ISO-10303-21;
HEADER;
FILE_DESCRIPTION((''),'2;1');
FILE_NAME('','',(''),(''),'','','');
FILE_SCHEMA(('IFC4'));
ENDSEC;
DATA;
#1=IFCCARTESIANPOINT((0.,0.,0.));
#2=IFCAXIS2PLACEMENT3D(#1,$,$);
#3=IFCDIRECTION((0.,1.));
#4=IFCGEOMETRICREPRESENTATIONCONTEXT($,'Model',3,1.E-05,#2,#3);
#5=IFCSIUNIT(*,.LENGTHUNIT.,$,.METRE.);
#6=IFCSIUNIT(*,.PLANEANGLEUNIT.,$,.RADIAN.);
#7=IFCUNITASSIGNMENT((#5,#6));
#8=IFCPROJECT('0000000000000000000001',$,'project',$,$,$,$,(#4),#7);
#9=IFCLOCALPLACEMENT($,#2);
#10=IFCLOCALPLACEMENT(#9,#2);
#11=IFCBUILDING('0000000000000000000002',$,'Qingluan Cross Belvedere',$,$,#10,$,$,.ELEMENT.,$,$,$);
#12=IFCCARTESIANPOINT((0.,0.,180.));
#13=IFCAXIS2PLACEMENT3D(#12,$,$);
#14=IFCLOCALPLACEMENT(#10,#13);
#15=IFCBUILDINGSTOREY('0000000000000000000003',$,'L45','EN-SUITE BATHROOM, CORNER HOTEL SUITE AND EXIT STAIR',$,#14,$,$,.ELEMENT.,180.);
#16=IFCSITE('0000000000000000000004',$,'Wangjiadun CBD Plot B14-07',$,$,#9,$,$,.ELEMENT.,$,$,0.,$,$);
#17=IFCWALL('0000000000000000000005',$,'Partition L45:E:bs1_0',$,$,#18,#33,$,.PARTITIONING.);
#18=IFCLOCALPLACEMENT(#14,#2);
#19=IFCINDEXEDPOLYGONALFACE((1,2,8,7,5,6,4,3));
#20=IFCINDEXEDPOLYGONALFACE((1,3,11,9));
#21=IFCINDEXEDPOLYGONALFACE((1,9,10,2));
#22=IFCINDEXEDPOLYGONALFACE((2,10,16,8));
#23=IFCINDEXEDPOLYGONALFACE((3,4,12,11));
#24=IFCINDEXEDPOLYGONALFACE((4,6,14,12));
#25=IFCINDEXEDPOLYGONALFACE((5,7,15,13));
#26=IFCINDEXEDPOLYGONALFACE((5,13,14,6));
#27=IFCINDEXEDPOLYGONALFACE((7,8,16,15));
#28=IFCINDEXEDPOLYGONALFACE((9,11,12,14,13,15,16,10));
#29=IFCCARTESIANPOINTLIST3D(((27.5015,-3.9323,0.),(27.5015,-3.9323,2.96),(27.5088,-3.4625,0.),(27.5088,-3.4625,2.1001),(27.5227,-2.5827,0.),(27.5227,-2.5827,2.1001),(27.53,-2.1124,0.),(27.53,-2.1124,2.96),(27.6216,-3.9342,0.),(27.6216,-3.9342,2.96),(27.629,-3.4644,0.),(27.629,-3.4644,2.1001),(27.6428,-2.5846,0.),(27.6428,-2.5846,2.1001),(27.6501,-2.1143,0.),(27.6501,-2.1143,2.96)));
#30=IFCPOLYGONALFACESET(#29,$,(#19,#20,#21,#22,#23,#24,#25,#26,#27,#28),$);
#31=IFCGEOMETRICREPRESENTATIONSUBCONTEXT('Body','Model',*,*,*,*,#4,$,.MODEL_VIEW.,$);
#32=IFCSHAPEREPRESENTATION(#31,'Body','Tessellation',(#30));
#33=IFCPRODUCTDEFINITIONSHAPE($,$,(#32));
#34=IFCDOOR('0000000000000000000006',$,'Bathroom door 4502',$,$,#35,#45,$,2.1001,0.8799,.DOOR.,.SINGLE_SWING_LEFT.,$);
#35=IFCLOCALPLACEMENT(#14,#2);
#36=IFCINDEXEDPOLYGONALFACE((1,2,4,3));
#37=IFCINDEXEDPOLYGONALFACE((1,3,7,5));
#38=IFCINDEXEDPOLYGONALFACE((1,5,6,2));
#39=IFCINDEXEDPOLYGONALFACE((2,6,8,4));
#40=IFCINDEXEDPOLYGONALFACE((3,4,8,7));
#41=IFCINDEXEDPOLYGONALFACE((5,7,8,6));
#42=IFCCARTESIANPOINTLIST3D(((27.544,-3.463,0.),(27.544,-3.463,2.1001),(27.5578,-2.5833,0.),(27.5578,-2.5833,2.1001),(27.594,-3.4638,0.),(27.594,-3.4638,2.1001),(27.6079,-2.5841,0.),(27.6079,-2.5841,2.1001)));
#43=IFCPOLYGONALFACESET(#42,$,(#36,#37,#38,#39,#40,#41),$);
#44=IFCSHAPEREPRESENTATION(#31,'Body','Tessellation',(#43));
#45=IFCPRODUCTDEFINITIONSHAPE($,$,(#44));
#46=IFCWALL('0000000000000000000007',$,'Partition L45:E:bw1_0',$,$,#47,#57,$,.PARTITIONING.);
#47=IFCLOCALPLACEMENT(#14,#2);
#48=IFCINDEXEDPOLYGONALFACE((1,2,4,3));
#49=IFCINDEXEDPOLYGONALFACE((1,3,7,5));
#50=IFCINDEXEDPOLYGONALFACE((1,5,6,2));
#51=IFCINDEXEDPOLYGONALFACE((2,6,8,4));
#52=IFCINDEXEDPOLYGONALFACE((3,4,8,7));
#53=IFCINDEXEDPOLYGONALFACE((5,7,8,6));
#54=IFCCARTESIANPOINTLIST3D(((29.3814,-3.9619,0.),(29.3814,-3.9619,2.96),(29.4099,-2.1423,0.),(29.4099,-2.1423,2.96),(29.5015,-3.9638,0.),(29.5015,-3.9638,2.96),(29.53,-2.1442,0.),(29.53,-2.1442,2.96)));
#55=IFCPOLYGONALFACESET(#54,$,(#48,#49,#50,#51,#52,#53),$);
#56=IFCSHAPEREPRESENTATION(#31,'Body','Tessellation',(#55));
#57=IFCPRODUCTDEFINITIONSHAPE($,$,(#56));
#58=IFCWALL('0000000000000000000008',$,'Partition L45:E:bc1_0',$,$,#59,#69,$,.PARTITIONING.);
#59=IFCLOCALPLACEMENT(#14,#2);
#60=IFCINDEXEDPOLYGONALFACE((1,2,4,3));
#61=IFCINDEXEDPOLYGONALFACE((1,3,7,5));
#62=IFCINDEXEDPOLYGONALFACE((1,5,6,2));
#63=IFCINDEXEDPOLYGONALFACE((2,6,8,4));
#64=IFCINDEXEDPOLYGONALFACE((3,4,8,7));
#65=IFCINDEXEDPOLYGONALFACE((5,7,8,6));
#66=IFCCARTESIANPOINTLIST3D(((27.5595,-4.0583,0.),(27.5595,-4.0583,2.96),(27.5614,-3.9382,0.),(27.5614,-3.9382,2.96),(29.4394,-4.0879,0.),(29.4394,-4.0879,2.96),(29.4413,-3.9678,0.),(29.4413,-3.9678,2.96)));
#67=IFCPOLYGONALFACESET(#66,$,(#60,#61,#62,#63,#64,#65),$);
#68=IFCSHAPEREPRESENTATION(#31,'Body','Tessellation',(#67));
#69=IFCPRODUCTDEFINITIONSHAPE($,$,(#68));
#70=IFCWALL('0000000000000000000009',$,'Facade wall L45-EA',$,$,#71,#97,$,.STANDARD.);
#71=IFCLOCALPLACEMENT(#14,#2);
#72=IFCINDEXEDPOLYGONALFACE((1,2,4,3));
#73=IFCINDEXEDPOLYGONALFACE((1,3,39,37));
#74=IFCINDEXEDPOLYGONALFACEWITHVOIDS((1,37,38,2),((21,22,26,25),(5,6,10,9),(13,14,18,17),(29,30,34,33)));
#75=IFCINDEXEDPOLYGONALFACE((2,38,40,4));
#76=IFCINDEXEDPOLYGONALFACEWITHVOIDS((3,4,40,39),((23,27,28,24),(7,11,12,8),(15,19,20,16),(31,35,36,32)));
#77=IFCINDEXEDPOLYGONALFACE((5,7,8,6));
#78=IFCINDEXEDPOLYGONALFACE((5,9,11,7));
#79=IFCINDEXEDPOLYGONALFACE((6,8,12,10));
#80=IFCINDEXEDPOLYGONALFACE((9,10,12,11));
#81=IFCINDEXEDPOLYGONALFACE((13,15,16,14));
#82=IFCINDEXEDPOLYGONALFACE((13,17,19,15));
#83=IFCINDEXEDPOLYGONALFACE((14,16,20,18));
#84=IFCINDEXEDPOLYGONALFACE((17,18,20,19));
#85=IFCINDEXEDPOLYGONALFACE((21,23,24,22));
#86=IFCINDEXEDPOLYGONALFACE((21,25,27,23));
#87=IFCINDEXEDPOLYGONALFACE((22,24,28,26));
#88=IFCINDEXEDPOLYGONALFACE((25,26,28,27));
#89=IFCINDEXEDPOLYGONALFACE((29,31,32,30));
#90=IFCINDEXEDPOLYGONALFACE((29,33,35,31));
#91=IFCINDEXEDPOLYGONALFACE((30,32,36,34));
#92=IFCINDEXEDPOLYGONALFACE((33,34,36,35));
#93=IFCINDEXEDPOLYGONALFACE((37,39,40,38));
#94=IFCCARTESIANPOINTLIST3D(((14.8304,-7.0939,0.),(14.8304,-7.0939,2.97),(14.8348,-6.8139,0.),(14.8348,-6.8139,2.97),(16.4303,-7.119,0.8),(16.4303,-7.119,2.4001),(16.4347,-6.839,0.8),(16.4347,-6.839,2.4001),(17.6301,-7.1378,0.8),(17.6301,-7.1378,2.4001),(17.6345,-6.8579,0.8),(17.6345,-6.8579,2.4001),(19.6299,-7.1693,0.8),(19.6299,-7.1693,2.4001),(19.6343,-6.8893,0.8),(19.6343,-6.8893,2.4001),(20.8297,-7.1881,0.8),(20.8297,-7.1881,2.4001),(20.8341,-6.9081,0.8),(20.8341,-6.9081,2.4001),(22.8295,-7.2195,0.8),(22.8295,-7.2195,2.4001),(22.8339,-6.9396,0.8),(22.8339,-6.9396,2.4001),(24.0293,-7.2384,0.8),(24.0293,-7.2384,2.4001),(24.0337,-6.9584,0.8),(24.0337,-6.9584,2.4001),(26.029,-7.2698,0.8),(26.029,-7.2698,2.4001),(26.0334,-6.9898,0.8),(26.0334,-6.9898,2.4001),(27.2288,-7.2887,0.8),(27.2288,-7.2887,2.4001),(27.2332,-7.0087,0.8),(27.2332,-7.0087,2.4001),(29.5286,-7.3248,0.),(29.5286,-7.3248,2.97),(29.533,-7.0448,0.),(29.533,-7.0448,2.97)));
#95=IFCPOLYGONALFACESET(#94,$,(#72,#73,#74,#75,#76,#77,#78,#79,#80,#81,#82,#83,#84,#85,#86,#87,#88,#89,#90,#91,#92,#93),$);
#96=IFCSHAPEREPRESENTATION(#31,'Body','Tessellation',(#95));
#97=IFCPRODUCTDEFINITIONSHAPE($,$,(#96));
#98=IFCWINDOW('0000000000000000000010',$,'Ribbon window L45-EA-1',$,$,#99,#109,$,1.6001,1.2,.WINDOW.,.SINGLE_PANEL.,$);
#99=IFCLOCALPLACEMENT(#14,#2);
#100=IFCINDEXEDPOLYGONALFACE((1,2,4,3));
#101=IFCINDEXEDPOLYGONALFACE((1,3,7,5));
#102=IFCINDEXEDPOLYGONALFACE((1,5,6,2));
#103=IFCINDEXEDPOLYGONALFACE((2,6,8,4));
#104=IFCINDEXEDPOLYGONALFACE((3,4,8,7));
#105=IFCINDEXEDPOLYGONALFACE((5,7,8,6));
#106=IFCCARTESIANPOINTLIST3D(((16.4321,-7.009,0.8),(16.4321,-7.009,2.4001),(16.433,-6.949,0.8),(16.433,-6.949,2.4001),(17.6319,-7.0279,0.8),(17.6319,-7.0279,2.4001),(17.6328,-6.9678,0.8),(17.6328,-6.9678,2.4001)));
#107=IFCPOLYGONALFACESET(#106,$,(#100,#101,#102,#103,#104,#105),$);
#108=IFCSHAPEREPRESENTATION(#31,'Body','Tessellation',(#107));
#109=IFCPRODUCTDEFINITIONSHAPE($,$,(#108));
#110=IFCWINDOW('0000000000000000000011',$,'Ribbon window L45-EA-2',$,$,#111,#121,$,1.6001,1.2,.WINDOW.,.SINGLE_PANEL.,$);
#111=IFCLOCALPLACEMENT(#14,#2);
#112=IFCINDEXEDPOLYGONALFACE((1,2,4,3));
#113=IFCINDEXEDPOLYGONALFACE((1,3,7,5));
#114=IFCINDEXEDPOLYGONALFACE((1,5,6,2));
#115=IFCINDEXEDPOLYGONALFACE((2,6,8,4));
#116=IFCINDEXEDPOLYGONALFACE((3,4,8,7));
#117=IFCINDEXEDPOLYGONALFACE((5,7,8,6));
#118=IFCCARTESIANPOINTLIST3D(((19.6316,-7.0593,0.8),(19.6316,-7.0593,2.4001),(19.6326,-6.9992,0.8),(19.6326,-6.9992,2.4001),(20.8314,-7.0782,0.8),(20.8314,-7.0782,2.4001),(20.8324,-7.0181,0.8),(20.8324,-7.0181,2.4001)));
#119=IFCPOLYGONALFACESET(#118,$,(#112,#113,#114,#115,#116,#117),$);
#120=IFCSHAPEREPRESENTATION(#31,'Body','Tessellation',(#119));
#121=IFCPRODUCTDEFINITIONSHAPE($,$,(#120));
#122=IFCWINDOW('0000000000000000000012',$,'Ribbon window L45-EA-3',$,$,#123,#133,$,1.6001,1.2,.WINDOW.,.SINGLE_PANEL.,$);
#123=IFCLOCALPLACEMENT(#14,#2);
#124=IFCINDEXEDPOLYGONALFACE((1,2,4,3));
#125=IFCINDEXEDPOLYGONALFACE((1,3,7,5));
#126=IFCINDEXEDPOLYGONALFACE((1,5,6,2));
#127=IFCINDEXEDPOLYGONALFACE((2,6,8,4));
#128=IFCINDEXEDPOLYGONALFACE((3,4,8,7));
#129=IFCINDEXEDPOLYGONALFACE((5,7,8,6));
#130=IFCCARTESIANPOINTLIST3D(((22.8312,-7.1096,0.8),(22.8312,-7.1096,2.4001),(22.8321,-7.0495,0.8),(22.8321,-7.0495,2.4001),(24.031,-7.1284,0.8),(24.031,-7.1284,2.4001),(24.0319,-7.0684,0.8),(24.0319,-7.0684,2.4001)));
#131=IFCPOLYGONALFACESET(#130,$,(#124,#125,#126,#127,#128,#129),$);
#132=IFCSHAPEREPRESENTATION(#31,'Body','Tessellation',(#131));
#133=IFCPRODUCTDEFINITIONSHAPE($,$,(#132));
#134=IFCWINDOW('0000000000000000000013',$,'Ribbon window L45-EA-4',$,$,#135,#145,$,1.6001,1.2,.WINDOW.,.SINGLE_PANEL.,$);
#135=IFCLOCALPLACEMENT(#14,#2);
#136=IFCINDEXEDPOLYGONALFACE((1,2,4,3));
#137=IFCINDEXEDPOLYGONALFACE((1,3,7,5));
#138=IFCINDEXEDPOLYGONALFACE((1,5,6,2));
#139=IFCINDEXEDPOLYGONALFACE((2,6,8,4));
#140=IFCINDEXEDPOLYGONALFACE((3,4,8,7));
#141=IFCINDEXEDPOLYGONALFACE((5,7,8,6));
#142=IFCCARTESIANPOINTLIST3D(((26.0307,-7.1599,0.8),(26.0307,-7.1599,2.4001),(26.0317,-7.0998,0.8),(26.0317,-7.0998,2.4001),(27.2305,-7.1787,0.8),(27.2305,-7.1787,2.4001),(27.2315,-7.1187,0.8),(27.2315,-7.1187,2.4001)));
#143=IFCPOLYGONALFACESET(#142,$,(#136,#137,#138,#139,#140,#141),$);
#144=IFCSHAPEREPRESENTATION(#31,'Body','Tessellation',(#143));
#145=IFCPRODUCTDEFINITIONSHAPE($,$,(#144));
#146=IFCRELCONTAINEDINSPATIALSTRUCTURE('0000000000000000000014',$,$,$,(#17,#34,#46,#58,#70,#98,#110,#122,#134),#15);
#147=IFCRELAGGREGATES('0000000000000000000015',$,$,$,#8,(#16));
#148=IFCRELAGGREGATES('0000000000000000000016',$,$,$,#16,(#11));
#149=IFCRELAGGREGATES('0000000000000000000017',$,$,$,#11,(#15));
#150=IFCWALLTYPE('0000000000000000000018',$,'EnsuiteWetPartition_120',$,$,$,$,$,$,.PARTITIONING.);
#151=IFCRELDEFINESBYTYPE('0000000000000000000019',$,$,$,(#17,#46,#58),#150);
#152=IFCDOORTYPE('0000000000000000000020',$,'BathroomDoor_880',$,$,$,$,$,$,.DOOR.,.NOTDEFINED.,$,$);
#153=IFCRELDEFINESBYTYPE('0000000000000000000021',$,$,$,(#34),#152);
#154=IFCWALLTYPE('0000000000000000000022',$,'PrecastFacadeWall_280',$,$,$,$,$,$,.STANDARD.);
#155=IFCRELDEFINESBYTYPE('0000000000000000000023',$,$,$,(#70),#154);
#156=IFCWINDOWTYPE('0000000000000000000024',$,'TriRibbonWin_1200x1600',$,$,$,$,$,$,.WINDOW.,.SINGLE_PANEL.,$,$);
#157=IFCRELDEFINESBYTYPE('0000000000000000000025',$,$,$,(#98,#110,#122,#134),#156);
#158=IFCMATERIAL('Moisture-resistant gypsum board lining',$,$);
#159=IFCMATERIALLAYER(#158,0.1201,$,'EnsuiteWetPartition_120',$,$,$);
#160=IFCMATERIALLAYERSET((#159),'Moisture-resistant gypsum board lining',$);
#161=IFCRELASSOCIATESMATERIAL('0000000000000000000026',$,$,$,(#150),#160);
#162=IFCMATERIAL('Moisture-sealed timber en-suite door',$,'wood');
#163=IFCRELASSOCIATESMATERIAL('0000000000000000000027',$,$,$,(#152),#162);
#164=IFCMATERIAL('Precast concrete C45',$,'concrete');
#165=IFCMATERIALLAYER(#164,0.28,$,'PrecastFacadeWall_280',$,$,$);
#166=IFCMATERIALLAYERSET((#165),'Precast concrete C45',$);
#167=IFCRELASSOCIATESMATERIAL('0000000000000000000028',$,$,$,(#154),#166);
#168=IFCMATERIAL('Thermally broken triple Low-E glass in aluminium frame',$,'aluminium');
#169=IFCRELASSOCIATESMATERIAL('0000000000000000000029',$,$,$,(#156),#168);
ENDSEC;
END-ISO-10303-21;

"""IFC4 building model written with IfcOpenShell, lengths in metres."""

from ifc_helpers import new_model, si_unit, direction, frame, frame_2d, origin, place, context, subcontext, project, spatial, rectangle, extrude, material, layer, layer_set, type_object, element, fill, save


model = new_model("IFC4")

# Units and contexts
model_context = context("Model", 3, precision=1e-05, world=origin(), true_north=direction((0.0, 1.0)))
body_context = subcontext(model_context, "Body", "Model", "MODEL_VIEW")
ifc_project = project(units=[si_unit("LENGTHUNIT", "METRE"), si_unit("PLANEANGLEUNIT", "RADIAN")], contexts=[model_context])

# Site, building, storey
site_placement = place(None, origin())
site = spatial("IfcSite", under=ifc_project, at=site_placement, Name="Wangjiadun CBD Plot B14-07", CompositionType="ELEMENT", RefElevation=0.0)
building_placement = place(site_placement, origin())
building = spatial("IfcBuilding", under=site, at=building_placement, Name="Qingluan Cross Belvedere", CompositionType="ELEMENT")
storey_placement = place(building_placement, frame((0.0, 0.0, 180.0)))
storey = spatial("IfcBuildingStorey", under=building, at=storey_placement, Name="L45", Description="EN-SUITE BATHROOM, CORNER HOTEL SUITE AND EXIT STAIR", CompositionType="ELEMENT", Elevation=180.0)

# Wall, opening, door
ifc_material_1 = material(Name="Moisture-resistant gypsum board lining")
ifc_layer_1 = layer(ifc_material_1, 0.1201, Name="EnsuiteWetPartition_120")
ifc_layer_set_1 = layer_set([ifc_layer_1], Name="Moisture-resistant gypsum board lining")
wall_type_1 = type_object("IfcWallType", Name="EnsuiteWetPartition_120", PredefinedType="PARTITIONING", material=ifc_layer_set_1)
wall_1_placement = place(storey_placement, frame((27.5615, -3.9333, 0.0), z_axis=(0.0, 0.0, 1.0), x_axis=(0.015694, 0.999877, 0.0)))
wall_1 = element("IfcWall", 1, at=wall_1_placement, inside=storey, type_object=wall_type_1, Name="Partition L45:E:bs1_0", PredefinedType="PARTITIONING", context=body_context, shape_type="SweptSolid", body=[
    extrude(rectangle(XDim=1.8201, YDim=0.1201, at=frame_2d((0.9102, 0.0))), origin(), (0.0, 0.0, 1.0), 2.96),
])
opening_1_placement = place(wall_1_placement, frame((0.47, 0.0, 0.0)))
opening_1 = element("IfcOpeningElement", 2, at=opening_1_placement, cuts=wall_1, PredefinedType="OPENING", context=body_context, shape_type="SweptSolid", body=[
    extrude(rectangle(XDim=0.8799, YDim=2.1001, at=frame_2d((0.4399, 1.05))), frame((0.0, 0.0701, 0.0), z_axis=(0.0, -1.0, 0.0), x_axis=(1.0, 0.0, 0.0)), (0.0, 0.0, 1.0), 0.1401),
])
ifc_material_2 = material(Name="Moisture-sealed timber en-suite door", Category="wood")
door_type_1 = type_object("IfcDoorType", Name="BathroomDoor_880", OperationType="NOTDEFINED", PredefinedType="DOOR", material=ifc_material_2)
door_1_placement = place(opening_1_placement, origin())
door_1 = element("IfcDoor", 3, at=door_1_placement, inside=storey, type_object=door_type_1, Name="Bathroom door 4502", OperationType="SINGLE_SWING_LEFT", OverallHeight=2.1001, OverallWidth=0.8799, PredefinedType="DOOR", context=body_context, shape_type="SweptSolid", body=[
    extrude(rectangle(XDim=0.8799, YDim=2.1001, at=frame_2d((0.4399, 1.05))), frame((0.0, 0.0249, 0.0), z_axis=(0.0, -1.0, 0.0), x_axis=(1.0, 0.0, 0.0)), (0.0, 0.0, 1.0), 0.05),
])
fill(opening_1, door_1)

# Walls
wall_2_placement = place(storey_placement, frame((29.4414, -3.9629, 0.0), z_axis=(0.0, 0.0, 1.0), x_axis=(0.015696, 0.999877, 0.0)))
element("IfcWall", 4, at=wall_2_placement, inside=storey, type_object=wall_type_1, Name="Partition L45:E:bw1_0", PredefinedType="PARTITIONING", context=body_context, shape_type="SweptSolid", body=[
    extrude(rectangle(XDim=1.8198, YDim=0.1201, at=frame_2d((0.9099, 0.0))), origin(), (0.0, 0.0, 1.0), 2.96),
])
wall_3_placement = place(storey_placement, frame((27.5605, -3.9983, 0.0), z_axis=(0.0, 0.0, 1.0), x_axis=(0.999877, -0.015712, 0.0)))
element("IfcWall", 5, at=wall_3_placement, inside=storey, type_object=wall_type_1, Name="Partition L45:E:bc1_0", PredefinedType="PARTITIONING", context=body_context, shape_type="SweptSolid", body=[
    extrude(rectangle(XDim=1.8801, YDim=0.1201, at=frame_2d((0.9399, 0.0))), origin(), (0.0, 0.0, 1.0), 2.96),
])

# Wall, openings, windows
ifc_material_3 = material(Name="Precast concrete C45", Category="concrete")
ifc_layer_2 = layer(ifc_material_3, 0.28, Name="PrecastFacadeWall_280")
ifc_layer_set_2 = layer_set([ifc_layer_2], Name="Precast concrete C45")
wall_type_2 = type_object("IfcWallType", Name="PrecastFacadeWall_280", PredefinedType="STANDARD", material=ifc_layer_set_2)
wall_4_placement = place(storey_placement, frame((14.8325, -6.9539, 0.0), z_axis=(0.0, 0.0, 1.0), x_axis=(0.999877, -0.015711, 0.0)))
wall_4 = element("IfcWall", 6, at=wall_4_placement, inside=storey, type_object=wall_type_2, Name="Facade wall L45-EA", PredefinedType="STANDARD", context=body_context, shape_type="SweptSolid", body=[
    extrude(rectangle(XDim=14.7, YDim=0.28, at=frame_2d((7.3501, 0.0))), origin(), (0.0, 0.0, 1.0), 2.97),
])
opening_2_placement = place(wall_4_placement, frame((1.6001, 0.0, 0.8)))
opening_2 = element("IfcOpeningElement", 7, at=opening_2_placement, cuts=wall_4, PredefinedType="OPENING", context=body_context, shape_type="SweptSolid", body=[
    extrude(rectangle(XDim=1.2, YDim=1.6001, at=frame_2d((0.6001, 0.8))), frame((0.0, 0.1499, 0.0), z_axis=(0.0, -1.0, 0.0), x_axis=(1.0, 0.0, 0.0)), (0.0, 0.0, 1.0), 0.3),
])
opening_3_placement = place(wall_4_placement, frame((4.8, 0.0, 0.8)))
opening_3 = element("IfcOpeningElement", 8, at=opening_3_placement, cuts=wall_4, PredefinedType="OPENING", context=body_context, shape_type="SweptSolid", body=[
    extrude(rectangle(XDim=1.2, YDim=1.6001, at=frame_2d((0.6001, 0.8))), frame((0.0, 0.1499, 0.0), z_axis=(0.0, -1.0, 0.0), x_axis=(1.0, 0.0, 0.0)), (0.0, 0.0, 1.0), 0.3),
])
opening_4_placement = place(wall_4_placement, frame((8.0, 0.0, 0.8)))
opening_4 = element("IfcOpeningElement", 9, at=opening_4_placement, cuts=wall_4, PredefinedType="OPENING", context=body_context, shape_type="SweptSolid", body=[
    extrude(rectangle(XDim=1.2, YDim=1.6001, at=frame_2d((0.6001, 0.8))), frame((0.0, 0.1499, 0.0), z_axis=(0.0, -1.0, 0.0), x_axis=(1.0, 0.0, 0.0)), (0.0, 0.0, 1.0), 0.3),
])
opening_5_placement = place(wall_4_placement, frame((11.2, 0.0, 0.8)))
opening_5 = element("IfcOpeningElement", 10, at=opening_5_placement, cuts=wall_4, PredefinedType="OPENING", context=body_context, shape_type="SweptSolid", body=[
    extrude(rectangle(XDim=1.2, YDim=1.6001, at=frame_2d((0.6001, 0.8))), frame((0.0, 0.1499, 0.0), z_axis=(0.0, -1.0, 0.0), x_axis=(1.0, 0.0, 0.0)), (0.0, 0.0, 1.0), 0.3),
])
ifc_material_4 = material(Name="Thermally broken triple Low-E glass in aluminium frame", Category="aluminium")
window_type_1 = type_object("IfcWindowType", Name="TriRibbonWin_1200x1600", PartitioningType="SINGLE_PANEL", PredefinedType="WINDOW", material=ifc_material_4)
window_1_placement = place(opening_2_placement, origin())
window_1 = element("IfcWindow", 11, at=window_1_placement, inside=storey, type_object=window_type_1, Name="Ribbon window L45-EA-1", OverallHeight=1.6001, OverallWidth=1.2, PartitioningType="SINGLE_PANEL", PredefinedType="WINDOW", context=body_context, shape_type="SweptSolid", body=[
    extrude(rectangle(XDim=1.2, YDim=1.6001, at=frame_2d((0.6001, 0.8))), frame((0.0, 0.03, 0.0), z_axis=(0.0, -1.0, 0.0), x_axis=(1.0, 0.0, 0.0)), (0.0, 0.0, 1.0), 0.0601),
])
fill(opening_2, window_1)
window_2_placement = place(opening_3_placement, origin())
window_2 = element("IfcWindow", 12, at=window_2_placement, inside=storey, type_object=window_type_1, Name="Ribbon window L45-EA-2", OverallHeight=1.6001, OverallWidth=1.2, PartitioningType="SINGLE_PANEL", PredefinedType="WINDOW", context=body_context, shape_type="SweptSolid", body=[
    extrude(rectangle(XDim=1.2, YDim=1.6001, at=frame_2d((0.6001, 0.8))), frame((0.0, 0.03, 0.0), z_axis=(0.0, -1.0, 0.0), x_axis=(1.0, 0.0, 0.0)), (0.0, 0.0, 1.0), 0.0601),
])
fill(opening_3, window_2)
window_3_placement = place(opening_4_placement, origin())
window_3 = element("IfcWindow", 13, at=window_3_placement, inside=storey, type_object=window_type_1, Name="Ribbon window L45-EA-3", OverallHeight=1.6001, OverallWidth=1.2, PartitioningType="SINGLE_PANEL", PredefinedType="WINDOW", context=body_context, shape_type="SweptSolid", body=[
    extrude(rectangle(XDim=1.2, YDim=1.6001, at=frame_2d((0.6001, 0.8))), frame((0.0, 0.03, 0.0), z_axis=(0.0, -1.0, 0.0), x_axis=(1.0, 0.0, 0.0)), (0.0, 0.0, 1.0), 0.0601),
])
fill(opening_4, window_3)
window_4_placement = place(opening_5_placement, origin())
window_4 = element("IfcWindow", 14, at=window_4_placement, inside=storey, type_object=window_type_1, Name="Ribbon window L45-EA-4", OverallHeight=1.6001, OverallWidth=1.2, PartitioningType="SINGLE_PANEL", PredefinedType="WINDOW", context=body_context, shape_type="SweptSolid", body=[
    extrude(rectangle(XDim=1.2, YDim=1.6001, at=frame_2d((0.6001, 0.8))), frame((0.0, 0.03, 0.0), z_axis=(0.0, -1.0, 0.0), x_axis=(1.0, 0.0, 0.0)), (0.0, 0.0, 1.0), 0.0601),
])
fill(opening_5, window_4)

save(model, "model.ifc")
